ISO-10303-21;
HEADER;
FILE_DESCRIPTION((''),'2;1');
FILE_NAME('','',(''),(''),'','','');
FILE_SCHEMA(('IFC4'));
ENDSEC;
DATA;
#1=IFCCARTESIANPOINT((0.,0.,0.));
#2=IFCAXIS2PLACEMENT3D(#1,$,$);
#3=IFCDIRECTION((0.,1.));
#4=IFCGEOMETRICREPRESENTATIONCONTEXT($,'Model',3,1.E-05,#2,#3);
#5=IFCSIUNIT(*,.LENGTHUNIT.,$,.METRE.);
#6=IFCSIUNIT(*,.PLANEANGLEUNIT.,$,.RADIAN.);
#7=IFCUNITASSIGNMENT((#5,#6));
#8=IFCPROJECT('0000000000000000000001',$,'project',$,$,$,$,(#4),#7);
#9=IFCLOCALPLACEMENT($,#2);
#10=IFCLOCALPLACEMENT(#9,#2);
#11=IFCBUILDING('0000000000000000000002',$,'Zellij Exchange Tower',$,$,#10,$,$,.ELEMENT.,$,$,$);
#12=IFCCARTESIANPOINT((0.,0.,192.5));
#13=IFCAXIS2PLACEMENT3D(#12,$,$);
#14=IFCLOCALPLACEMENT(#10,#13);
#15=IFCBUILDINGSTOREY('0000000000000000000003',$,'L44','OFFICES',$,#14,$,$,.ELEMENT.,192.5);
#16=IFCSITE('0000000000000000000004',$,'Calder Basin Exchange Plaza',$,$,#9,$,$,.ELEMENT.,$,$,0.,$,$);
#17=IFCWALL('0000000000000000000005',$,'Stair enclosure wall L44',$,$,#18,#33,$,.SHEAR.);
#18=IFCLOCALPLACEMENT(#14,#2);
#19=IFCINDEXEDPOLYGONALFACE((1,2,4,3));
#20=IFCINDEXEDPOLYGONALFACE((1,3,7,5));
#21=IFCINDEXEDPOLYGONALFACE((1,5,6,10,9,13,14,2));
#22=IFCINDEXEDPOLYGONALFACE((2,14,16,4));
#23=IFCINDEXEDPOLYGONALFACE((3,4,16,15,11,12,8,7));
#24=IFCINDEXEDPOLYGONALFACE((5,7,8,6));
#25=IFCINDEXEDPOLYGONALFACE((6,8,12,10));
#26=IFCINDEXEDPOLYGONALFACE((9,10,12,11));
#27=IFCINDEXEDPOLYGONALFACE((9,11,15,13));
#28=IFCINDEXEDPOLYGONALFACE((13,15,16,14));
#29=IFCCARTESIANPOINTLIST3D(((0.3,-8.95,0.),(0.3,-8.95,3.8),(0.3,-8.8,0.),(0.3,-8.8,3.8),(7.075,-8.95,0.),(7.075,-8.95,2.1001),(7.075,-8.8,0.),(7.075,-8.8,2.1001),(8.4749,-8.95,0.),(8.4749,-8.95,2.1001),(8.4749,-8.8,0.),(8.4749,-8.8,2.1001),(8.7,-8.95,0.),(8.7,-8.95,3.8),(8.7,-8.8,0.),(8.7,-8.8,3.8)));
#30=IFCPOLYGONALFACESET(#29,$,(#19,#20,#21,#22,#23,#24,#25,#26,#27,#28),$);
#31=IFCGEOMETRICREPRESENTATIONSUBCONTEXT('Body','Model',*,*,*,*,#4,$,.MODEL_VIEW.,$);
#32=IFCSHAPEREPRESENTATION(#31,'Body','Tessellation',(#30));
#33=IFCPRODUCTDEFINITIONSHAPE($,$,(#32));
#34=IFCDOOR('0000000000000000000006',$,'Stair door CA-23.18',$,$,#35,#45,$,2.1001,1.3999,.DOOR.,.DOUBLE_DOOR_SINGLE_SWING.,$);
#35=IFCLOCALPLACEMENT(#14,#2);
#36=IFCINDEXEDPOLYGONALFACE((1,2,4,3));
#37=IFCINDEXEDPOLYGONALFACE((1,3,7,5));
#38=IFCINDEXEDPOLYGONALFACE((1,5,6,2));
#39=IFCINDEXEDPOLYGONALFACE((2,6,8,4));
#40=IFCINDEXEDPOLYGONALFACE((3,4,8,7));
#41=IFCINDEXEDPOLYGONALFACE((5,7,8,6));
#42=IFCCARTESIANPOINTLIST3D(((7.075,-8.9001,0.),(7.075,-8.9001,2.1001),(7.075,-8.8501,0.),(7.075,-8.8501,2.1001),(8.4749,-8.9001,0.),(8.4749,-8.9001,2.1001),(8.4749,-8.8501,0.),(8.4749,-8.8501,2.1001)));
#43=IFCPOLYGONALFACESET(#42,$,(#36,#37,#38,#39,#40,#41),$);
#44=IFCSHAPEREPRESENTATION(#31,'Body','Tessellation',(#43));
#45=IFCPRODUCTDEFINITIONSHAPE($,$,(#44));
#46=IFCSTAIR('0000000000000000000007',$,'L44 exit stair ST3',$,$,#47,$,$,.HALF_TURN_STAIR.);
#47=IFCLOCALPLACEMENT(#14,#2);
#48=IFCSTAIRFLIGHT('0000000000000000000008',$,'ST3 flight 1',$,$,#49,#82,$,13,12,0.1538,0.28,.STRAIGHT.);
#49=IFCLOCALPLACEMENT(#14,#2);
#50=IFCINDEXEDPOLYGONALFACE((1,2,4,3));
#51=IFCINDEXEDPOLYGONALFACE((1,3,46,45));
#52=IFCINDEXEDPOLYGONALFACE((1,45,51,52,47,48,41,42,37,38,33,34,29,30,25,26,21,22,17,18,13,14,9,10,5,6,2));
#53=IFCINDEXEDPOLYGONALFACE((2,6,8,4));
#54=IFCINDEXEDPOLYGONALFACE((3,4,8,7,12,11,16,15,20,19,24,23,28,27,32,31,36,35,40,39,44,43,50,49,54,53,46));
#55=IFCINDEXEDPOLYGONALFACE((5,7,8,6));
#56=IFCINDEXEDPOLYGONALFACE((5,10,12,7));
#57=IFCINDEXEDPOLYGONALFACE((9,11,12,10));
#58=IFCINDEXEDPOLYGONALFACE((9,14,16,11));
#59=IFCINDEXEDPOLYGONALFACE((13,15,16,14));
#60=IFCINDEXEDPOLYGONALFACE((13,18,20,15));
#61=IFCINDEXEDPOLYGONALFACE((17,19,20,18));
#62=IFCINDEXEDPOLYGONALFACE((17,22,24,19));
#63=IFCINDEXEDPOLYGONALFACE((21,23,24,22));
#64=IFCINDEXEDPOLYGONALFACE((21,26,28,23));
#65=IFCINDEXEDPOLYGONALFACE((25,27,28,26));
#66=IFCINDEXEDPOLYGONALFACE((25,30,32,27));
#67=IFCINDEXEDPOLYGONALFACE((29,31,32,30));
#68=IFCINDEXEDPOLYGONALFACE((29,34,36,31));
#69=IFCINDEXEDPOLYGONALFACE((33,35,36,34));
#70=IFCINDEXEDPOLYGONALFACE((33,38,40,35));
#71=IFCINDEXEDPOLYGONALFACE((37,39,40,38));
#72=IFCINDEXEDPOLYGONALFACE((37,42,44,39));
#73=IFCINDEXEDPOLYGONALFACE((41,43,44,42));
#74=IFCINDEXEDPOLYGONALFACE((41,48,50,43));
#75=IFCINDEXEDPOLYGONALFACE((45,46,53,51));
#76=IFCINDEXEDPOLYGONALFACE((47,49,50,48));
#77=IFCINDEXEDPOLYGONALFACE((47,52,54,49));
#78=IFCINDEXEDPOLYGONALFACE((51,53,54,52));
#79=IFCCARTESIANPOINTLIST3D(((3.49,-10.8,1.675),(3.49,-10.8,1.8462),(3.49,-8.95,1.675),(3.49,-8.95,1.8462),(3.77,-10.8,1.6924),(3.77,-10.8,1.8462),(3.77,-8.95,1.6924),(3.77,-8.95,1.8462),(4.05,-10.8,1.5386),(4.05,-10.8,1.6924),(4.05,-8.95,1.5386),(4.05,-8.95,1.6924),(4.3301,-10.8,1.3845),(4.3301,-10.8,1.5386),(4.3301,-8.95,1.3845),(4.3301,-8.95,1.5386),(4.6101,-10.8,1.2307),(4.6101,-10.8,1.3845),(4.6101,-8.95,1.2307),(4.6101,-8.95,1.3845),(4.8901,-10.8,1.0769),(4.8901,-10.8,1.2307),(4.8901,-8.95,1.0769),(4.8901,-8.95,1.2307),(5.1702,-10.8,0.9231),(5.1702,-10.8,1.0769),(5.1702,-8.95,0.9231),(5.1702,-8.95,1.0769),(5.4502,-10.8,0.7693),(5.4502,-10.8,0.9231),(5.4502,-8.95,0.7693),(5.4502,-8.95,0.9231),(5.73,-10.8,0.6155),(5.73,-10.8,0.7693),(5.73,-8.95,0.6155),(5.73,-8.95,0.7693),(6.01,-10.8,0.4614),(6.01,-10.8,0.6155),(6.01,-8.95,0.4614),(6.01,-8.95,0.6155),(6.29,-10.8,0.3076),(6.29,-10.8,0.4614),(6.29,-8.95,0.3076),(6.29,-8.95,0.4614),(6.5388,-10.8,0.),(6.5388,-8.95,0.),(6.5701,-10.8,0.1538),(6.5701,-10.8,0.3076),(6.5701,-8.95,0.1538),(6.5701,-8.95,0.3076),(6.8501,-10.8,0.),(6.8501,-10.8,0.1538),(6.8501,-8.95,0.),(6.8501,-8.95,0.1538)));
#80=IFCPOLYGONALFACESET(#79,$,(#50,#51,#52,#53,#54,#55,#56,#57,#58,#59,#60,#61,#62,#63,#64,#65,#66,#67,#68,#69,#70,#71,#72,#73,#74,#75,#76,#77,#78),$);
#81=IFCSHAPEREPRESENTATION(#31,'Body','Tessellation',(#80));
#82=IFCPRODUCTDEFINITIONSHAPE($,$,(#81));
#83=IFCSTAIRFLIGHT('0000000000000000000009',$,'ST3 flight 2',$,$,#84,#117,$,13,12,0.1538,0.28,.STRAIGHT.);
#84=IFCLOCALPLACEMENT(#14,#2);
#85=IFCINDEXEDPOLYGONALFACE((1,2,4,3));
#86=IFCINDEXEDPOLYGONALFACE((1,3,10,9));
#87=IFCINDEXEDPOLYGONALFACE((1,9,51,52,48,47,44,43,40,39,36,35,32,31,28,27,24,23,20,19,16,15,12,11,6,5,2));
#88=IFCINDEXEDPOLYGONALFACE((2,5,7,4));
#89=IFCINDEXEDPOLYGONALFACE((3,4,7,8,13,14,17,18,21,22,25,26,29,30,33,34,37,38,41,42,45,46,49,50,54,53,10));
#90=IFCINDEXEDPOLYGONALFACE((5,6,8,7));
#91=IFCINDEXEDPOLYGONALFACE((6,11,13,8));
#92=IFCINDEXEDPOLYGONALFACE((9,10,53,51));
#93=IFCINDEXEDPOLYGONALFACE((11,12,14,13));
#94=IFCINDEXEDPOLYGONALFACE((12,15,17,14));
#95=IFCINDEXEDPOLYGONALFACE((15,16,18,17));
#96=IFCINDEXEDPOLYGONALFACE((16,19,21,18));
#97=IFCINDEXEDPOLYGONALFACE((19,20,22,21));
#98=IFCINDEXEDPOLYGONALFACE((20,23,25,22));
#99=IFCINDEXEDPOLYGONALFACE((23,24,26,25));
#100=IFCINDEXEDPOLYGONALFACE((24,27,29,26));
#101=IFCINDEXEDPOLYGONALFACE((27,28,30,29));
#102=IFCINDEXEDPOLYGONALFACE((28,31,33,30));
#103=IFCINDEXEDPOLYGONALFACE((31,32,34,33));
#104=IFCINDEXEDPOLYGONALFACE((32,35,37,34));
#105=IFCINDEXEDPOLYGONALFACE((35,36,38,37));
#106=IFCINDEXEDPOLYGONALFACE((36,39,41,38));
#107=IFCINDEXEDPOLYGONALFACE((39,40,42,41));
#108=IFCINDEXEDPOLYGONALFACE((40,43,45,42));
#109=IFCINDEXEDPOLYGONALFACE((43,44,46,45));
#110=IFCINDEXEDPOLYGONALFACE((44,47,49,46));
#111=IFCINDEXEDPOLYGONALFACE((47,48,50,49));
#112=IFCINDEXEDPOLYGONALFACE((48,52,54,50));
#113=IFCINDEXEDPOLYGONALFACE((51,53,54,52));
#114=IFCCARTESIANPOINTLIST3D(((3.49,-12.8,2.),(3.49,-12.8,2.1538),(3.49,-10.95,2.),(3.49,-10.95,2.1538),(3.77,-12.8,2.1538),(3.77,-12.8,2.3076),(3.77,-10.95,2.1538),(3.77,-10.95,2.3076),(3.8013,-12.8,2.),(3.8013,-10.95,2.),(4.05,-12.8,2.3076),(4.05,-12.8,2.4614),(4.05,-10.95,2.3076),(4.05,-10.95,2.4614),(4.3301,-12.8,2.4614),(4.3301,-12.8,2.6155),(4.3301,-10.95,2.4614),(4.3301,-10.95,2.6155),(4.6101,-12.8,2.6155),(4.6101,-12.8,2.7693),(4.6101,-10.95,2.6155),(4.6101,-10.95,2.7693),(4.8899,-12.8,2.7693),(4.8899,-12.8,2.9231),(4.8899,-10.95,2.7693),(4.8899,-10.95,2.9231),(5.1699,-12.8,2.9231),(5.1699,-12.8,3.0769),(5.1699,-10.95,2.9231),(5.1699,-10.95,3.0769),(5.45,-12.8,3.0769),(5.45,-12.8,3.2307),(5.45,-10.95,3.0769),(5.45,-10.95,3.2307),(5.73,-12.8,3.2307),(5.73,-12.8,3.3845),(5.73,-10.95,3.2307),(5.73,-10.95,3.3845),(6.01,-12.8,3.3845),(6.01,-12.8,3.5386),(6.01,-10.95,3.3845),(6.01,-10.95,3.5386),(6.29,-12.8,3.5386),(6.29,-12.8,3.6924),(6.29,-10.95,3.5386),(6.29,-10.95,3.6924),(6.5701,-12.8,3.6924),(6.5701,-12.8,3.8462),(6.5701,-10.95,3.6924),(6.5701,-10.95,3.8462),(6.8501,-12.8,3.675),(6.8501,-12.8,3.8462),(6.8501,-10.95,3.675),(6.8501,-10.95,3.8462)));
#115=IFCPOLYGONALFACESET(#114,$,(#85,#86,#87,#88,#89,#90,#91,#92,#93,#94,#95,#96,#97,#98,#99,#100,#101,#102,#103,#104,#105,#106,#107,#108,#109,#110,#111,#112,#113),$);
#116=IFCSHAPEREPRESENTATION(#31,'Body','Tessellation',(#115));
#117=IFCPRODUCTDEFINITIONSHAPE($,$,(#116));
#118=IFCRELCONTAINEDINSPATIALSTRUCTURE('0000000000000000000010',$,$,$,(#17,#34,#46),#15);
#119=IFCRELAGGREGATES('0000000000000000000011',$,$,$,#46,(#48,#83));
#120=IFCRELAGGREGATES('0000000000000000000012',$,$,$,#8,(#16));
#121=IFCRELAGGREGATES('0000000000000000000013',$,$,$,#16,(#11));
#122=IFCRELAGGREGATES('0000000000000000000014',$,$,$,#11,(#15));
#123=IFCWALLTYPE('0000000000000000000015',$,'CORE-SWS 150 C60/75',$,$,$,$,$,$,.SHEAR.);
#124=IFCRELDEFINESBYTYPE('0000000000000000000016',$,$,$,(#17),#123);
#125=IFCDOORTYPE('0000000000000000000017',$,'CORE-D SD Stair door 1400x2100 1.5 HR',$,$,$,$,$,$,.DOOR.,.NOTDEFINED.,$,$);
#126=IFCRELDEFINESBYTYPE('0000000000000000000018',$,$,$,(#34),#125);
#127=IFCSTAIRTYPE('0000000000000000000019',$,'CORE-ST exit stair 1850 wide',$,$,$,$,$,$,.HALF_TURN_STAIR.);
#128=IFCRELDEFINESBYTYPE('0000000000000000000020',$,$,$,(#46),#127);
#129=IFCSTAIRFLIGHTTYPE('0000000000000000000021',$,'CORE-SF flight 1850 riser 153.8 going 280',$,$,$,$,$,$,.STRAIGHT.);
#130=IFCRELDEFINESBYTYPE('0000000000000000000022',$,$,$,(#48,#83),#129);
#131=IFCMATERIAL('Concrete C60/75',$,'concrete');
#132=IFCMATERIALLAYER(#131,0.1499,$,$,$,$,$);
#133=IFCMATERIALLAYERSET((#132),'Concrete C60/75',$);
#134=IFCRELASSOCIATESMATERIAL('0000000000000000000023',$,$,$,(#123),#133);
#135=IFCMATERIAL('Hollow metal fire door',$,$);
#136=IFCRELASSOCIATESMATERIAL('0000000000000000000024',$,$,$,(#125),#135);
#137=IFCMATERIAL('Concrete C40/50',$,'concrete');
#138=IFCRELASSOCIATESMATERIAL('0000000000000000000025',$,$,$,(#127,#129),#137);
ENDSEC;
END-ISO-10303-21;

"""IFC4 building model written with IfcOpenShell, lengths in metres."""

from ifc_helpers import new_model, si_unit, direction, frame, frame_2d, origin, place, context, subcontext, project, spatial, polyline, rectangle, outline, extrude, material, layer, layer_set, type_object, element, fill, aggregate, save


model = new_model("IFC4")

# Units and contexts
model_context = context("Model", 3, precision=1e-05, world=origin(), true_north=direction((0.0, 1.0)))
body_context = subcontext(model_context, "Body", "Model", "MODEL_VIEW")
ifc_project = project(units=[si_unit("LENGTHUNIT", "METRE"), si_unit("PLANEANGLEUNIT", "RADIAN")], contexts=[model_context])

# Site, building, storey
site_placement = place(None, origin())
site = spatial("IfcSite", under=ifc_project, at=site_placement, Name="Calder Basin Exchange Plaza", CompositionType="ELEMENT", RefElevation=0.0)
building_placement = place(site_placement, origin())
building = spatial("IfcBuilding", under=site, at=building_placement, Name="Zellij Exchange Tower", CompositionType="ELEMENT")
storey_placement = place(building_placement, frame((0.0, 0.0, 192.5)))
storey = spatial("IfcBuildingStorey", under=building, at=storey_placement, Name="L44", Description="OFFICES", CompositionType="ELEMENT", Elevation=192.5)

# Shared definitions
ifc_material_1 = material(Name="Concrete C60/75", Category="concrete")

# Shared definitions
ifc_material_2 = material(Name="Hollow metal fire door")

# Wall, opening, door
ifc_layer_1 = layer(ifc_material_1, 0.1499)
ifc_layer_set_1 = layer_set([ifc_layer_1], Name="Concrete C60/75")
wall_type_1 = type_object("IfcWallType", Name="CORE-SWS 150 C60/75", PredefinedType="SHEAR", material=ifc_layer_set_1)
wall_1_placement = place(storey_placement, frame((0.3, -8.875, 0.0), z_axis=(0.0, 0.0, 1.0), x_axis=(1.0, 0.0, 0.0)))
wall_1 = element("IfcWall", 1, at=wall_1_placement, inside=storey, type_object=wall_type_1, Name="Stair enclosure wall L44", PredefinedType="SHEAR", context=body_context, shape_type="SweptSolid", body=[
    extrude(rectangle(XDim=8.3999, YDim=0.1499, at=frame_2d((4.2, 0.0))), origin(), (0.0, 0.0, 1.0), 3.8),
])
opening_1_placement = place(wall_1_placement, frame((6.7749, 0.0, 0.0)))
opening_1 = element("IfcOpeningElement", 2, at=opening_1_placement, cuts=wall_1, PredefinedType="OPENING", context=body_context, shape_type="SweptSolid", body=[
    extrude(rectangle(XDim=1.3999, YDim=2.1001, at=frame_2d((0.7, 1.05))), frame((0.0, 0.0869, 0.0), z_axis=(0.0, -1.0, 0.0), x_axis=(1.0, 0.0, 0.0)), (0.0, 0.0, 1.0), 0.1738),
])
door_type_1 = type_object("IfcDoorType", Name="CORE-D SD Stair door 1400x2100 1.5 HR", OperationType="NOTDEFINED", PredefinedType="DOOR", material=ifc_material_2)
door_1_placement = place(opening_1_placement, origin())
door_1 = element("IfcDoor", 3, at=door_1_placement, inside=storey, type_object=door_type_1, Name="Stair door CA-23.18", OperationType="DOUBLE_DOOR_SINGLE_SWING", OverallHeight=2.1001, OverallWidth=1.3999, PredefinedType="DOOR", context=body_context, shape_type="SweptSolid", body=[
    extrude(rectangle(XDim=1.3999, YDim=2.1001, at=frame_2d((0.7, 1.05))), frame((0.0, 0.0249, 0.0), z_axis=(0.0, -1.0, 0.0), x_axis=(1.0, 0.0, 0.0)), (0.0, 0.0, 1.0), 0.05),
])
fill(opening_1, door_1)

# Stair, stair flights
ifc_material_3 = material(Name="Concrete C40/50", Category="concrete")
stair_type = type_object("IfcStairType", Name="CORE-ST exit stair 1850 wide", PredefinedType="HALF_TURN_STAIR", material=ifc_material_3)
stair_placement = place(storey_placement, origin())
stair = element("IfcStair", 4, at=stair_placement, inside=storey, type_object=stair_type, Name="L44 exit stair ST3", PredefinedType="HALF_TURN_STAIR")
stair_flight_type = type_object("IfcStairFlightType", Name="CORE-SF flight 1850 riser 153.8 going 280", PredefinedType="STRAIGHT", material=ifc_material_3)
stair_flight_1_placement = place(storey_placement, frame((6.8501, -9.875, 0.0), z_axis=(0.0, 0.0, 1.0), x_axis=(-1.0, 0.0, 0.0)))
stair_flight_1 = element("IfcStairFlight", 5, at=stair_flight_1_placement, type_object=stair_flight_type, Name="ST3 flight 1", NumberOfRisers=13, NumberOfTreads=12, PredefinedType="STRAIGHT", RiserHeight=0.1538, TreadLength=0.28, context=body_context, shape_type="SweptSolid", body=[
    extrude(outline(polyline([(0.0, 0.0), (0.0, 0.1538), (0.28, 0.1538), (0.28, 0.3076), (0.5601, 0.3076), (0.5601, 0.4614), (0.8401, 0.4614), (0.8401, 0.6155), (1.1201, 0.6155), (1.1201, 0.7693), (1.3999, 0.7693), (1.3999, 0.9231), (1.6799, 0.9231), (1.6799, 1.0769), (1.96, 1.0769), (1.96, 1.2307), (2.24, 1.2307), (2.24, 1.3845), (2.52, 1.3845), (2.52, 1.5386), (2.8, 1.5386), (2.8, 1.6924), (3.0801, 1.6924), (3.0801, 1.8462), (3.3601, 1.8462), (3.3601, 2.0), (3.3601, 1.675), (0.3113, 0.0), (0.0, 0.0)])), frame((0.0, 0.925, 0.0), z_axis=(0.0, -1.0, 0.0), x_axis=(1.0, 0.0, 0.0)), (0.0, 0.0, 1.0), 1.8501),
])
stair_flight_2_placement = place(storey_placement, frame((3.49, -11.875, 2.0), z_axis=(0.0, 0.0, 1.0), x_axis=(1.0, 0.0, 0.0)))
stair_flight_2 = element("IfcStairFlight", 6, at=stair_flight_2_placement, type_object=stair_flight_type, Name="ST3 flight 2", NumberOfRisers=13, NumberOfTreads=12, PredefinedType="STRAIGHT", RiserHeight=0.1538, TreadLength=0.28, context=body_context, shape_type="SweptSolid", body=[
    extrude(outline(polyline([(0.0, 0.0), (0.0, 0.1538), (0.28, 0.1538), (0.28, 0.3076), (0.5601, 0.3076), (0.5601, 0.4614), (0.8401, 0.4614), (0.8401, 0.6155), (1.1201, 0.6155), (1.1201, 0.7693), (1.3999, 0.7693), (1.3999, 0.9231), (1.6799, 0.9231), (1.6799, 1.0769), (1.96, 1.0769), (1.96, 1.2307), (2.24, 1.2307), (2.24, 1.3845), (2.52, 1.3845), (2.52, 1.5386), (2.8, 1.5386), (2.8, 1.6924), (3.0801, 1.6924), (3.0801, 1.8462), (3.3601, 1.8462), (3.3601, 2.0), (3.3601, 1.675), (0.3113, 0.0), (0.0, 0.0)])), frame((0.0, 0.925, 0.0), z_axis=(0.0, -1.0, 0.0), x_axis=(1.0, 0.0, 0.0)), (0.0, 0.0, 1.0), 1.8501),
])
aggregate(stair, [stair_flight_1, stair_flight_2])

save(model, "model.ifc")
